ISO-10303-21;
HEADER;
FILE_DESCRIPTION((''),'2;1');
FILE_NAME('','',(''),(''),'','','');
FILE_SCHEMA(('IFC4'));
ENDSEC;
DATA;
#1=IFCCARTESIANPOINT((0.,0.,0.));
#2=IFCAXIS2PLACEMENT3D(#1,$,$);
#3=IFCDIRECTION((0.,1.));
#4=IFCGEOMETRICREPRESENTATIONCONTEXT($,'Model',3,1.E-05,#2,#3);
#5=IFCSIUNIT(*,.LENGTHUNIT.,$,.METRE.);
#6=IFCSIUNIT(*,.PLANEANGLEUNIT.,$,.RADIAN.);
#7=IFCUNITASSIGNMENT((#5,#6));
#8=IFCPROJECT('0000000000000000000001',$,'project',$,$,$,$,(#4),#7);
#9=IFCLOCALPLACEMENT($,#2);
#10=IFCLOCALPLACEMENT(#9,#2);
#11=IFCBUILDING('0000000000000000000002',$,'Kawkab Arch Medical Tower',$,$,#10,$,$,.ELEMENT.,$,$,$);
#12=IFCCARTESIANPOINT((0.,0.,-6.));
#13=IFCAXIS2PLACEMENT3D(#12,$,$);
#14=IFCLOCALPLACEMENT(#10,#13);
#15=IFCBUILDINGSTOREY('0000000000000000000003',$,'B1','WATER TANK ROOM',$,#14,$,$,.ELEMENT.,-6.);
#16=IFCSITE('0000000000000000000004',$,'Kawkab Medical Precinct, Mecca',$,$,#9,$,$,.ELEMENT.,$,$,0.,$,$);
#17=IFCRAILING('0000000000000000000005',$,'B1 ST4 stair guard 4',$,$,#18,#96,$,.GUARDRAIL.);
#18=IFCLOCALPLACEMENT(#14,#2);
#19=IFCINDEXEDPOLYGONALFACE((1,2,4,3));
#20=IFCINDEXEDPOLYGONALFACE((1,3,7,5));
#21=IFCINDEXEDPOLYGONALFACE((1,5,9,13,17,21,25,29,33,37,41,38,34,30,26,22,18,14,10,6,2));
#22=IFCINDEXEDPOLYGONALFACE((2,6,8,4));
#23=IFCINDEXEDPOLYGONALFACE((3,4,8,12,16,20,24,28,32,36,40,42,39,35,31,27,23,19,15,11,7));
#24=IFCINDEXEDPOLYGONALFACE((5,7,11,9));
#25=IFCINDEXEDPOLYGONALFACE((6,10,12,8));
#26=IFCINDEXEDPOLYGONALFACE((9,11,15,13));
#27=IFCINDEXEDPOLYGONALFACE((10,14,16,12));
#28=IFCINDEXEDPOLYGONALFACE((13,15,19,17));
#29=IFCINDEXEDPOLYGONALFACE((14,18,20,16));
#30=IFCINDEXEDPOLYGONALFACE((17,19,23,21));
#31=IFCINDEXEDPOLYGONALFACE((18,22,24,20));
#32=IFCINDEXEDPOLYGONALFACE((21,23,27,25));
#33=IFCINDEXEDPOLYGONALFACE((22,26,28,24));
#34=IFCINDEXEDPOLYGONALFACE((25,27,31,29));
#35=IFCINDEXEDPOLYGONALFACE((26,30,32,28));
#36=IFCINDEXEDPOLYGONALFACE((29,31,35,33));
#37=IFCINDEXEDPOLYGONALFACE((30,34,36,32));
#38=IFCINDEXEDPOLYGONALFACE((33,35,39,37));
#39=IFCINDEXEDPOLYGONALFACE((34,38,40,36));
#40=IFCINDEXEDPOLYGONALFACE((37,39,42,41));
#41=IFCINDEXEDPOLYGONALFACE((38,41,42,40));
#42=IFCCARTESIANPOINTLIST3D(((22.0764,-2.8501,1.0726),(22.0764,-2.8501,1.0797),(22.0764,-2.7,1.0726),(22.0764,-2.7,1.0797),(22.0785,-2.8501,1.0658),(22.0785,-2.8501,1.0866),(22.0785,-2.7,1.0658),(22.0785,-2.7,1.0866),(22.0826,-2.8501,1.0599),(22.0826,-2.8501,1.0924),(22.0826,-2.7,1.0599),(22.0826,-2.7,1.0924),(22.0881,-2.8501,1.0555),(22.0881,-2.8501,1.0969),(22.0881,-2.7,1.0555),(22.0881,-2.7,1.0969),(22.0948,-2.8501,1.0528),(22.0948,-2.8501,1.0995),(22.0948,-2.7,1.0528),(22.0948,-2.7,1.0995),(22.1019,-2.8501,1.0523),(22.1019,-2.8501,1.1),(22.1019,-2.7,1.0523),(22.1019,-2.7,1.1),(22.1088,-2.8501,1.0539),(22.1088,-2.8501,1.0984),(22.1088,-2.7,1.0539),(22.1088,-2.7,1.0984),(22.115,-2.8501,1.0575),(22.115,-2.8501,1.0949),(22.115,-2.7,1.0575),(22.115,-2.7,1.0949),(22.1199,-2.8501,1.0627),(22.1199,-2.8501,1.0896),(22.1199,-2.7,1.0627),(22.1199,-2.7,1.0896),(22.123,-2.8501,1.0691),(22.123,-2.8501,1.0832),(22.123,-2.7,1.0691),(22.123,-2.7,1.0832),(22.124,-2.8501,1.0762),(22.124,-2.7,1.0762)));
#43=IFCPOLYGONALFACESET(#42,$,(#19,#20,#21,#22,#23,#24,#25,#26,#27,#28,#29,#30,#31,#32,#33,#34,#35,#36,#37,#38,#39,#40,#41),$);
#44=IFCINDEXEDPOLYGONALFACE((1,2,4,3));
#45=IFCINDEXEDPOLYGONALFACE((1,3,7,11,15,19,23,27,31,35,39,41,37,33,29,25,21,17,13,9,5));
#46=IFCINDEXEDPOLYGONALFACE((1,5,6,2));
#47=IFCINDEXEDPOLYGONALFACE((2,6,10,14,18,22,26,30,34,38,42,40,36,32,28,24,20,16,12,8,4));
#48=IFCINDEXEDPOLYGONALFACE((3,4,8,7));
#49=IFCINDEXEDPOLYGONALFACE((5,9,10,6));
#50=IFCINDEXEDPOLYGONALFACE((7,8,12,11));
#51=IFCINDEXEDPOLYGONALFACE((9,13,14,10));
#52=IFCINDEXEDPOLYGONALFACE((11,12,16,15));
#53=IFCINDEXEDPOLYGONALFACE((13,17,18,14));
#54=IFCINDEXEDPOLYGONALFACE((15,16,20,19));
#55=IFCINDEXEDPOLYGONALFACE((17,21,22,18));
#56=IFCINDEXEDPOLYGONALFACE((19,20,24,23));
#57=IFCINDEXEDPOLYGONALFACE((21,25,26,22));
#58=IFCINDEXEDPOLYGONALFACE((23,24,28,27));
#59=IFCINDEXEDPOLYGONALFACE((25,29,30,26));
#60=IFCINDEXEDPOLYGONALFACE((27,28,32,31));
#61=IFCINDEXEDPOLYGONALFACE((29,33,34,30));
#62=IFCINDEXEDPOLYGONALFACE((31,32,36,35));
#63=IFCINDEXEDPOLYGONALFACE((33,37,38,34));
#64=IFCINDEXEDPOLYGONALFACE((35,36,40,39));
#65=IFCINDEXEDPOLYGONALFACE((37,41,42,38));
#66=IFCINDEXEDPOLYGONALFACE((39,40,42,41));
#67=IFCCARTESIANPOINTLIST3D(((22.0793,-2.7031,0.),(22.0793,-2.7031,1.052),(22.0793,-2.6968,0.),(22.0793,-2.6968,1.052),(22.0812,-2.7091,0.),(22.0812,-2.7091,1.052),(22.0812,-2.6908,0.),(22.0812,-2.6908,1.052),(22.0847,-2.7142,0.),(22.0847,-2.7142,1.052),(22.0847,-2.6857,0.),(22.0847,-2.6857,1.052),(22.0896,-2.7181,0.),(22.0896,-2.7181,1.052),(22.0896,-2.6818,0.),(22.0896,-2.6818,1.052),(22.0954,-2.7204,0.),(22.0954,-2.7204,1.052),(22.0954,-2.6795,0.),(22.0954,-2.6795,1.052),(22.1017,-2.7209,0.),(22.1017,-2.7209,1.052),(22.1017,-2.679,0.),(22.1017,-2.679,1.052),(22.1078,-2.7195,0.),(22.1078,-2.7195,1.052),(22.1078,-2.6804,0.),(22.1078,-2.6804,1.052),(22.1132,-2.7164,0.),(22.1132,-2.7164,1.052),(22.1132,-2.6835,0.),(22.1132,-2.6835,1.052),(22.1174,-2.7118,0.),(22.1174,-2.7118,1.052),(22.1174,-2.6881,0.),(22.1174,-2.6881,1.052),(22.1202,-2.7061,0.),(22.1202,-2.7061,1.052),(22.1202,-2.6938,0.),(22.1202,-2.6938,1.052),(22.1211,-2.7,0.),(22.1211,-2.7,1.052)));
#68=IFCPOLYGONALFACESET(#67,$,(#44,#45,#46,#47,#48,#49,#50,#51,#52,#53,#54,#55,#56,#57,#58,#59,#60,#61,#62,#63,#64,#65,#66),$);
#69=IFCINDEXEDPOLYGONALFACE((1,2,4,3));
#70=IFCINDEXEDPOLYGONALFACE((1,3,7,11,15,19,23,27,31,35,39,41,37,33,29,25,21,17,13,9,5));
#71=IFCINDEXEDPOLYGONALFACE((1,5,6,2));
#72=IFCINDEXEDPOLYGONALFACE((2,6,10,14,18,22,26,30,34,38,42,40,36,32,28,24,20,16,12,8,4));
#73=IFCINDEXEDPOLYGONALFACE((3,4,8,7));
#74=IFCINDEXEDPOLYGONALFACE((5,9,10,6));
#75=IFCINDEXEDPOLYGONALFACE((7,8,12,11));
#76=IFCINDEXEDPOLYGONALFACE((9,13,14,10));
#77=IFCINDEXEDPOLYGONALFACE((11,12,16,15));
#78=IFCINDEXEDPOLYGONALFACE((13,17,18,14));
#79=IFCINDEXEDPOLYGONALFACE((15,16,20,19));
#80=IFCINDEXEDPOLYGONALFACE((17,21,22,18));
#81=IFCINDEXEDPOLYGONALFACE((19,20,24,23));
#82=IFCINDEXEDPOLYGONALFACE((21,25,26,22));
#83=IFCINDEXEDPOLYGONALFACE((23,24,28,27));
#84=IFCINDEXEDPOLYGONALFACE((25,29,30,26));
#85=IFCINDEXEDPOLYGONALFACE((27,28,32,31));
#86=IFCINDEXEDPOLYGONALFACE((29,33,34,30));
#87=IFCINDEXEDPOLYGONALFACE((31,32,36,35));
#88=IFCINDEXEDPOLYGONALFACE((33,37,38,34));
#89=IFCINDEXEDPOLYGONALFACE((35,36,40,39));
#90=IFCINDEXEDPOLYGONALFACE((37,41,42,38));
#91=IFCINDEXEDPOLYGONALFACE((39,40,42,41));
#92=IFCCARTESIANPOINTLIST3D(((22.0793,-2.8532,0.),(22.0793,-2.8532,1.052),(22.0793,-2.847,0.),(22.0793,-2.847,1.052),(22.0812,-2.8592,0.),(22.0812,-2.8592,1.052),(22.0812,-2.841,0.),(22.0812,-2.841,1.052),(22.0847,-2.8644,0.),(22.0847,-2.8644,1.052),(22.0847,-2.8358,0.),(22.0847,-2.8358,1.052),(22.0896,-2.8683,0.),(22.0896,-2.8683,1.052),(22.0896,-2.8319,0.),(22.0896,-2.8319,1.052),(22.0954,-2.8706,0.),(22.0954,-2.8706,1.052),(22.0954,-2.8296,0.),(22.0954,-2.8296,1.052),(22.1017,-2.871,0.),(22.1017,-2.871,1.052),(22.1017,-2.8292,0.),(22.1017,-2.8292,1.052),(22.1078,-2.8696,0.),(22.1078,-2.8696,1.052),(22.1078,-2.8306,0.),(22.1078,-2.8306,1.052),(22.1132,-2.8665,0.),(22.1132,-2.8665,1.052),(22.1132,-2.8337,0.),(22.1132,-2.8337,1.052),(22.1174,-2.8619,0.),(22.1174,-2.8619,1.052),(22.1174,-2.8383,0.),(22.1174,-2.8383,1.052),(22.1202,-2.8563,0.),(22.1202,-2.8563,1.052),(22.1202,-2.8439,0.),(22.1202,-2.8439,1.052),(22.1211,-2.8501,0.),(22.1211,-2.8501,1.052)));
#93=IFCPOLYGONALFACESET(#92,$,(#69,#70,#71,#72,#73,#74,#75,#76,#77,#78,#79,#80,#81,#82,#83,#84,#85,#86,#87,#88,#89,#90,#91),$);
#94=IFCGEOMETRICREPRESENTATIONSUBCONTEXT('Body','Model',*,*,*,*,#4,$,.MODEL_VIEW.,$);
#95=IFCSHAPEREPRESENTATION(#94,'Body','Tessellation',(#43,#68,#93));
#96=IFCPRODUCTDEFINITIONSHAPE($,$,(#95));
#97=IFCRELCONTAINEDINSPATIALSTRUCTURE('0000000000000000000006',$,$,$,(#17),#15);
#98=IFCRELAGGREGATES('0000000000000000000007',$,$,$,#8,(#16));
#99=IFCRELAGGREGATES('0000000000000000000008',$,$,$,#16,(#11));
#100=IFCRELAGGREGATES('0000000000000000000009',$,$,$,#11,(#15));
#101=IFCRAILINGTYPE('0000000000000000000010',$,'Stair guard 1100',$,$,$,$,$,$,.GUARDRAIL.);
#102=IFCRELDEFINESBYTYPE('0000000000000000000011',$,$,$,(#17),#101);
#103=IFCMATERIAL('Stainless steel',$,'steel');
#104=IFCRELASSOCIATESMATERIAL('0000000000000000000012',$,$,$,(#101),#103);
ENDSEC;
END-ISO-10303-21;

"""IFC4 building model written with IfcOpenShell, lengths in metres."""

from ifc_helpers import new_model, si_unit, direction, frame, origin, origin_2d, place, context, subcontext, project, spatial, circle, extrude, material, type_object, element, save


model = new_model("IFC4")

# Units and contexts
model_context = context("Model", 3, precision=1e-05, world=origin(), true_north=direction((0.0, 1.0)))
body_context = subcontext(model_context, "Body", "Model", "MODEL_VIEW")
ifc_project = project(units=[si_unit("LENGTHUNIT", "METRE"), si_unit("PLANEANGLEUNIT", "RADIAN")], contexts=[model_context])

# Site, building, storey
site_placement = place(None, origin())
site = spatial("IfcSite", under=ifc_project, at=site_placement, Name="Kawkab Medical Precinct, Mecca", CompositionType="ELEMENT", RefElevation=0.0)
building_placement = place(site_placement, origin())
building = spatial("IfcBuilding", under=site, at=building_placement, Name="Kawkab Arch Medical Tower", CompositionType="ELEMENT")
storey_placement = place(building_placement, frame((0.0, 0.0, -6.0)))
storey = spatial("IfcBuildingStorey", under=building, at=storey_placement, Name="B1", Description="WATER TANK ROOM", CompositionType="ELEMENT", Elevation=-6.0)

# Railing
ifc_material_1 = material(Name="Stainless steel", Category="steel")
railing_type = type_object("IfcRailingType", Name="Stair guard 1100", PredefinedType="GUARDRAIL", material=ifc_material_1)
railing_1_placement = place(storey_placement, frame((22.1001, -2.7, 0.0)))
element("IfcRailing", 1, at=railing_1_placement, inside=storey, type_object=railing_type, Name="B1 ST4 stair guard 4", PredefinedType="GUARDRAIL", context=body_context, shape_type="SweptSolid", body=[
    extrude(circle(Radius=0.0239, at=origin_2d()), frame((0.0, 0.0, 1.0762), z_axis=(0.0, -1.0, 0.0), x_axis=(1.0, 0.0, 0.0)), (0.0, 0.0, 1.0), 0.1501),
    extrude(circle(Radius=0.021, at=origin_2d()), origin(), (0.0, 0.0, 1.0), 1.052),
    extrude(circle(Radius=0.021, at=origin_2d()), frame((0.0, -0.1501, 0.0)), (0.0, 0.0, 1.0), 1.052),
])

save(model, "model.ifc")
